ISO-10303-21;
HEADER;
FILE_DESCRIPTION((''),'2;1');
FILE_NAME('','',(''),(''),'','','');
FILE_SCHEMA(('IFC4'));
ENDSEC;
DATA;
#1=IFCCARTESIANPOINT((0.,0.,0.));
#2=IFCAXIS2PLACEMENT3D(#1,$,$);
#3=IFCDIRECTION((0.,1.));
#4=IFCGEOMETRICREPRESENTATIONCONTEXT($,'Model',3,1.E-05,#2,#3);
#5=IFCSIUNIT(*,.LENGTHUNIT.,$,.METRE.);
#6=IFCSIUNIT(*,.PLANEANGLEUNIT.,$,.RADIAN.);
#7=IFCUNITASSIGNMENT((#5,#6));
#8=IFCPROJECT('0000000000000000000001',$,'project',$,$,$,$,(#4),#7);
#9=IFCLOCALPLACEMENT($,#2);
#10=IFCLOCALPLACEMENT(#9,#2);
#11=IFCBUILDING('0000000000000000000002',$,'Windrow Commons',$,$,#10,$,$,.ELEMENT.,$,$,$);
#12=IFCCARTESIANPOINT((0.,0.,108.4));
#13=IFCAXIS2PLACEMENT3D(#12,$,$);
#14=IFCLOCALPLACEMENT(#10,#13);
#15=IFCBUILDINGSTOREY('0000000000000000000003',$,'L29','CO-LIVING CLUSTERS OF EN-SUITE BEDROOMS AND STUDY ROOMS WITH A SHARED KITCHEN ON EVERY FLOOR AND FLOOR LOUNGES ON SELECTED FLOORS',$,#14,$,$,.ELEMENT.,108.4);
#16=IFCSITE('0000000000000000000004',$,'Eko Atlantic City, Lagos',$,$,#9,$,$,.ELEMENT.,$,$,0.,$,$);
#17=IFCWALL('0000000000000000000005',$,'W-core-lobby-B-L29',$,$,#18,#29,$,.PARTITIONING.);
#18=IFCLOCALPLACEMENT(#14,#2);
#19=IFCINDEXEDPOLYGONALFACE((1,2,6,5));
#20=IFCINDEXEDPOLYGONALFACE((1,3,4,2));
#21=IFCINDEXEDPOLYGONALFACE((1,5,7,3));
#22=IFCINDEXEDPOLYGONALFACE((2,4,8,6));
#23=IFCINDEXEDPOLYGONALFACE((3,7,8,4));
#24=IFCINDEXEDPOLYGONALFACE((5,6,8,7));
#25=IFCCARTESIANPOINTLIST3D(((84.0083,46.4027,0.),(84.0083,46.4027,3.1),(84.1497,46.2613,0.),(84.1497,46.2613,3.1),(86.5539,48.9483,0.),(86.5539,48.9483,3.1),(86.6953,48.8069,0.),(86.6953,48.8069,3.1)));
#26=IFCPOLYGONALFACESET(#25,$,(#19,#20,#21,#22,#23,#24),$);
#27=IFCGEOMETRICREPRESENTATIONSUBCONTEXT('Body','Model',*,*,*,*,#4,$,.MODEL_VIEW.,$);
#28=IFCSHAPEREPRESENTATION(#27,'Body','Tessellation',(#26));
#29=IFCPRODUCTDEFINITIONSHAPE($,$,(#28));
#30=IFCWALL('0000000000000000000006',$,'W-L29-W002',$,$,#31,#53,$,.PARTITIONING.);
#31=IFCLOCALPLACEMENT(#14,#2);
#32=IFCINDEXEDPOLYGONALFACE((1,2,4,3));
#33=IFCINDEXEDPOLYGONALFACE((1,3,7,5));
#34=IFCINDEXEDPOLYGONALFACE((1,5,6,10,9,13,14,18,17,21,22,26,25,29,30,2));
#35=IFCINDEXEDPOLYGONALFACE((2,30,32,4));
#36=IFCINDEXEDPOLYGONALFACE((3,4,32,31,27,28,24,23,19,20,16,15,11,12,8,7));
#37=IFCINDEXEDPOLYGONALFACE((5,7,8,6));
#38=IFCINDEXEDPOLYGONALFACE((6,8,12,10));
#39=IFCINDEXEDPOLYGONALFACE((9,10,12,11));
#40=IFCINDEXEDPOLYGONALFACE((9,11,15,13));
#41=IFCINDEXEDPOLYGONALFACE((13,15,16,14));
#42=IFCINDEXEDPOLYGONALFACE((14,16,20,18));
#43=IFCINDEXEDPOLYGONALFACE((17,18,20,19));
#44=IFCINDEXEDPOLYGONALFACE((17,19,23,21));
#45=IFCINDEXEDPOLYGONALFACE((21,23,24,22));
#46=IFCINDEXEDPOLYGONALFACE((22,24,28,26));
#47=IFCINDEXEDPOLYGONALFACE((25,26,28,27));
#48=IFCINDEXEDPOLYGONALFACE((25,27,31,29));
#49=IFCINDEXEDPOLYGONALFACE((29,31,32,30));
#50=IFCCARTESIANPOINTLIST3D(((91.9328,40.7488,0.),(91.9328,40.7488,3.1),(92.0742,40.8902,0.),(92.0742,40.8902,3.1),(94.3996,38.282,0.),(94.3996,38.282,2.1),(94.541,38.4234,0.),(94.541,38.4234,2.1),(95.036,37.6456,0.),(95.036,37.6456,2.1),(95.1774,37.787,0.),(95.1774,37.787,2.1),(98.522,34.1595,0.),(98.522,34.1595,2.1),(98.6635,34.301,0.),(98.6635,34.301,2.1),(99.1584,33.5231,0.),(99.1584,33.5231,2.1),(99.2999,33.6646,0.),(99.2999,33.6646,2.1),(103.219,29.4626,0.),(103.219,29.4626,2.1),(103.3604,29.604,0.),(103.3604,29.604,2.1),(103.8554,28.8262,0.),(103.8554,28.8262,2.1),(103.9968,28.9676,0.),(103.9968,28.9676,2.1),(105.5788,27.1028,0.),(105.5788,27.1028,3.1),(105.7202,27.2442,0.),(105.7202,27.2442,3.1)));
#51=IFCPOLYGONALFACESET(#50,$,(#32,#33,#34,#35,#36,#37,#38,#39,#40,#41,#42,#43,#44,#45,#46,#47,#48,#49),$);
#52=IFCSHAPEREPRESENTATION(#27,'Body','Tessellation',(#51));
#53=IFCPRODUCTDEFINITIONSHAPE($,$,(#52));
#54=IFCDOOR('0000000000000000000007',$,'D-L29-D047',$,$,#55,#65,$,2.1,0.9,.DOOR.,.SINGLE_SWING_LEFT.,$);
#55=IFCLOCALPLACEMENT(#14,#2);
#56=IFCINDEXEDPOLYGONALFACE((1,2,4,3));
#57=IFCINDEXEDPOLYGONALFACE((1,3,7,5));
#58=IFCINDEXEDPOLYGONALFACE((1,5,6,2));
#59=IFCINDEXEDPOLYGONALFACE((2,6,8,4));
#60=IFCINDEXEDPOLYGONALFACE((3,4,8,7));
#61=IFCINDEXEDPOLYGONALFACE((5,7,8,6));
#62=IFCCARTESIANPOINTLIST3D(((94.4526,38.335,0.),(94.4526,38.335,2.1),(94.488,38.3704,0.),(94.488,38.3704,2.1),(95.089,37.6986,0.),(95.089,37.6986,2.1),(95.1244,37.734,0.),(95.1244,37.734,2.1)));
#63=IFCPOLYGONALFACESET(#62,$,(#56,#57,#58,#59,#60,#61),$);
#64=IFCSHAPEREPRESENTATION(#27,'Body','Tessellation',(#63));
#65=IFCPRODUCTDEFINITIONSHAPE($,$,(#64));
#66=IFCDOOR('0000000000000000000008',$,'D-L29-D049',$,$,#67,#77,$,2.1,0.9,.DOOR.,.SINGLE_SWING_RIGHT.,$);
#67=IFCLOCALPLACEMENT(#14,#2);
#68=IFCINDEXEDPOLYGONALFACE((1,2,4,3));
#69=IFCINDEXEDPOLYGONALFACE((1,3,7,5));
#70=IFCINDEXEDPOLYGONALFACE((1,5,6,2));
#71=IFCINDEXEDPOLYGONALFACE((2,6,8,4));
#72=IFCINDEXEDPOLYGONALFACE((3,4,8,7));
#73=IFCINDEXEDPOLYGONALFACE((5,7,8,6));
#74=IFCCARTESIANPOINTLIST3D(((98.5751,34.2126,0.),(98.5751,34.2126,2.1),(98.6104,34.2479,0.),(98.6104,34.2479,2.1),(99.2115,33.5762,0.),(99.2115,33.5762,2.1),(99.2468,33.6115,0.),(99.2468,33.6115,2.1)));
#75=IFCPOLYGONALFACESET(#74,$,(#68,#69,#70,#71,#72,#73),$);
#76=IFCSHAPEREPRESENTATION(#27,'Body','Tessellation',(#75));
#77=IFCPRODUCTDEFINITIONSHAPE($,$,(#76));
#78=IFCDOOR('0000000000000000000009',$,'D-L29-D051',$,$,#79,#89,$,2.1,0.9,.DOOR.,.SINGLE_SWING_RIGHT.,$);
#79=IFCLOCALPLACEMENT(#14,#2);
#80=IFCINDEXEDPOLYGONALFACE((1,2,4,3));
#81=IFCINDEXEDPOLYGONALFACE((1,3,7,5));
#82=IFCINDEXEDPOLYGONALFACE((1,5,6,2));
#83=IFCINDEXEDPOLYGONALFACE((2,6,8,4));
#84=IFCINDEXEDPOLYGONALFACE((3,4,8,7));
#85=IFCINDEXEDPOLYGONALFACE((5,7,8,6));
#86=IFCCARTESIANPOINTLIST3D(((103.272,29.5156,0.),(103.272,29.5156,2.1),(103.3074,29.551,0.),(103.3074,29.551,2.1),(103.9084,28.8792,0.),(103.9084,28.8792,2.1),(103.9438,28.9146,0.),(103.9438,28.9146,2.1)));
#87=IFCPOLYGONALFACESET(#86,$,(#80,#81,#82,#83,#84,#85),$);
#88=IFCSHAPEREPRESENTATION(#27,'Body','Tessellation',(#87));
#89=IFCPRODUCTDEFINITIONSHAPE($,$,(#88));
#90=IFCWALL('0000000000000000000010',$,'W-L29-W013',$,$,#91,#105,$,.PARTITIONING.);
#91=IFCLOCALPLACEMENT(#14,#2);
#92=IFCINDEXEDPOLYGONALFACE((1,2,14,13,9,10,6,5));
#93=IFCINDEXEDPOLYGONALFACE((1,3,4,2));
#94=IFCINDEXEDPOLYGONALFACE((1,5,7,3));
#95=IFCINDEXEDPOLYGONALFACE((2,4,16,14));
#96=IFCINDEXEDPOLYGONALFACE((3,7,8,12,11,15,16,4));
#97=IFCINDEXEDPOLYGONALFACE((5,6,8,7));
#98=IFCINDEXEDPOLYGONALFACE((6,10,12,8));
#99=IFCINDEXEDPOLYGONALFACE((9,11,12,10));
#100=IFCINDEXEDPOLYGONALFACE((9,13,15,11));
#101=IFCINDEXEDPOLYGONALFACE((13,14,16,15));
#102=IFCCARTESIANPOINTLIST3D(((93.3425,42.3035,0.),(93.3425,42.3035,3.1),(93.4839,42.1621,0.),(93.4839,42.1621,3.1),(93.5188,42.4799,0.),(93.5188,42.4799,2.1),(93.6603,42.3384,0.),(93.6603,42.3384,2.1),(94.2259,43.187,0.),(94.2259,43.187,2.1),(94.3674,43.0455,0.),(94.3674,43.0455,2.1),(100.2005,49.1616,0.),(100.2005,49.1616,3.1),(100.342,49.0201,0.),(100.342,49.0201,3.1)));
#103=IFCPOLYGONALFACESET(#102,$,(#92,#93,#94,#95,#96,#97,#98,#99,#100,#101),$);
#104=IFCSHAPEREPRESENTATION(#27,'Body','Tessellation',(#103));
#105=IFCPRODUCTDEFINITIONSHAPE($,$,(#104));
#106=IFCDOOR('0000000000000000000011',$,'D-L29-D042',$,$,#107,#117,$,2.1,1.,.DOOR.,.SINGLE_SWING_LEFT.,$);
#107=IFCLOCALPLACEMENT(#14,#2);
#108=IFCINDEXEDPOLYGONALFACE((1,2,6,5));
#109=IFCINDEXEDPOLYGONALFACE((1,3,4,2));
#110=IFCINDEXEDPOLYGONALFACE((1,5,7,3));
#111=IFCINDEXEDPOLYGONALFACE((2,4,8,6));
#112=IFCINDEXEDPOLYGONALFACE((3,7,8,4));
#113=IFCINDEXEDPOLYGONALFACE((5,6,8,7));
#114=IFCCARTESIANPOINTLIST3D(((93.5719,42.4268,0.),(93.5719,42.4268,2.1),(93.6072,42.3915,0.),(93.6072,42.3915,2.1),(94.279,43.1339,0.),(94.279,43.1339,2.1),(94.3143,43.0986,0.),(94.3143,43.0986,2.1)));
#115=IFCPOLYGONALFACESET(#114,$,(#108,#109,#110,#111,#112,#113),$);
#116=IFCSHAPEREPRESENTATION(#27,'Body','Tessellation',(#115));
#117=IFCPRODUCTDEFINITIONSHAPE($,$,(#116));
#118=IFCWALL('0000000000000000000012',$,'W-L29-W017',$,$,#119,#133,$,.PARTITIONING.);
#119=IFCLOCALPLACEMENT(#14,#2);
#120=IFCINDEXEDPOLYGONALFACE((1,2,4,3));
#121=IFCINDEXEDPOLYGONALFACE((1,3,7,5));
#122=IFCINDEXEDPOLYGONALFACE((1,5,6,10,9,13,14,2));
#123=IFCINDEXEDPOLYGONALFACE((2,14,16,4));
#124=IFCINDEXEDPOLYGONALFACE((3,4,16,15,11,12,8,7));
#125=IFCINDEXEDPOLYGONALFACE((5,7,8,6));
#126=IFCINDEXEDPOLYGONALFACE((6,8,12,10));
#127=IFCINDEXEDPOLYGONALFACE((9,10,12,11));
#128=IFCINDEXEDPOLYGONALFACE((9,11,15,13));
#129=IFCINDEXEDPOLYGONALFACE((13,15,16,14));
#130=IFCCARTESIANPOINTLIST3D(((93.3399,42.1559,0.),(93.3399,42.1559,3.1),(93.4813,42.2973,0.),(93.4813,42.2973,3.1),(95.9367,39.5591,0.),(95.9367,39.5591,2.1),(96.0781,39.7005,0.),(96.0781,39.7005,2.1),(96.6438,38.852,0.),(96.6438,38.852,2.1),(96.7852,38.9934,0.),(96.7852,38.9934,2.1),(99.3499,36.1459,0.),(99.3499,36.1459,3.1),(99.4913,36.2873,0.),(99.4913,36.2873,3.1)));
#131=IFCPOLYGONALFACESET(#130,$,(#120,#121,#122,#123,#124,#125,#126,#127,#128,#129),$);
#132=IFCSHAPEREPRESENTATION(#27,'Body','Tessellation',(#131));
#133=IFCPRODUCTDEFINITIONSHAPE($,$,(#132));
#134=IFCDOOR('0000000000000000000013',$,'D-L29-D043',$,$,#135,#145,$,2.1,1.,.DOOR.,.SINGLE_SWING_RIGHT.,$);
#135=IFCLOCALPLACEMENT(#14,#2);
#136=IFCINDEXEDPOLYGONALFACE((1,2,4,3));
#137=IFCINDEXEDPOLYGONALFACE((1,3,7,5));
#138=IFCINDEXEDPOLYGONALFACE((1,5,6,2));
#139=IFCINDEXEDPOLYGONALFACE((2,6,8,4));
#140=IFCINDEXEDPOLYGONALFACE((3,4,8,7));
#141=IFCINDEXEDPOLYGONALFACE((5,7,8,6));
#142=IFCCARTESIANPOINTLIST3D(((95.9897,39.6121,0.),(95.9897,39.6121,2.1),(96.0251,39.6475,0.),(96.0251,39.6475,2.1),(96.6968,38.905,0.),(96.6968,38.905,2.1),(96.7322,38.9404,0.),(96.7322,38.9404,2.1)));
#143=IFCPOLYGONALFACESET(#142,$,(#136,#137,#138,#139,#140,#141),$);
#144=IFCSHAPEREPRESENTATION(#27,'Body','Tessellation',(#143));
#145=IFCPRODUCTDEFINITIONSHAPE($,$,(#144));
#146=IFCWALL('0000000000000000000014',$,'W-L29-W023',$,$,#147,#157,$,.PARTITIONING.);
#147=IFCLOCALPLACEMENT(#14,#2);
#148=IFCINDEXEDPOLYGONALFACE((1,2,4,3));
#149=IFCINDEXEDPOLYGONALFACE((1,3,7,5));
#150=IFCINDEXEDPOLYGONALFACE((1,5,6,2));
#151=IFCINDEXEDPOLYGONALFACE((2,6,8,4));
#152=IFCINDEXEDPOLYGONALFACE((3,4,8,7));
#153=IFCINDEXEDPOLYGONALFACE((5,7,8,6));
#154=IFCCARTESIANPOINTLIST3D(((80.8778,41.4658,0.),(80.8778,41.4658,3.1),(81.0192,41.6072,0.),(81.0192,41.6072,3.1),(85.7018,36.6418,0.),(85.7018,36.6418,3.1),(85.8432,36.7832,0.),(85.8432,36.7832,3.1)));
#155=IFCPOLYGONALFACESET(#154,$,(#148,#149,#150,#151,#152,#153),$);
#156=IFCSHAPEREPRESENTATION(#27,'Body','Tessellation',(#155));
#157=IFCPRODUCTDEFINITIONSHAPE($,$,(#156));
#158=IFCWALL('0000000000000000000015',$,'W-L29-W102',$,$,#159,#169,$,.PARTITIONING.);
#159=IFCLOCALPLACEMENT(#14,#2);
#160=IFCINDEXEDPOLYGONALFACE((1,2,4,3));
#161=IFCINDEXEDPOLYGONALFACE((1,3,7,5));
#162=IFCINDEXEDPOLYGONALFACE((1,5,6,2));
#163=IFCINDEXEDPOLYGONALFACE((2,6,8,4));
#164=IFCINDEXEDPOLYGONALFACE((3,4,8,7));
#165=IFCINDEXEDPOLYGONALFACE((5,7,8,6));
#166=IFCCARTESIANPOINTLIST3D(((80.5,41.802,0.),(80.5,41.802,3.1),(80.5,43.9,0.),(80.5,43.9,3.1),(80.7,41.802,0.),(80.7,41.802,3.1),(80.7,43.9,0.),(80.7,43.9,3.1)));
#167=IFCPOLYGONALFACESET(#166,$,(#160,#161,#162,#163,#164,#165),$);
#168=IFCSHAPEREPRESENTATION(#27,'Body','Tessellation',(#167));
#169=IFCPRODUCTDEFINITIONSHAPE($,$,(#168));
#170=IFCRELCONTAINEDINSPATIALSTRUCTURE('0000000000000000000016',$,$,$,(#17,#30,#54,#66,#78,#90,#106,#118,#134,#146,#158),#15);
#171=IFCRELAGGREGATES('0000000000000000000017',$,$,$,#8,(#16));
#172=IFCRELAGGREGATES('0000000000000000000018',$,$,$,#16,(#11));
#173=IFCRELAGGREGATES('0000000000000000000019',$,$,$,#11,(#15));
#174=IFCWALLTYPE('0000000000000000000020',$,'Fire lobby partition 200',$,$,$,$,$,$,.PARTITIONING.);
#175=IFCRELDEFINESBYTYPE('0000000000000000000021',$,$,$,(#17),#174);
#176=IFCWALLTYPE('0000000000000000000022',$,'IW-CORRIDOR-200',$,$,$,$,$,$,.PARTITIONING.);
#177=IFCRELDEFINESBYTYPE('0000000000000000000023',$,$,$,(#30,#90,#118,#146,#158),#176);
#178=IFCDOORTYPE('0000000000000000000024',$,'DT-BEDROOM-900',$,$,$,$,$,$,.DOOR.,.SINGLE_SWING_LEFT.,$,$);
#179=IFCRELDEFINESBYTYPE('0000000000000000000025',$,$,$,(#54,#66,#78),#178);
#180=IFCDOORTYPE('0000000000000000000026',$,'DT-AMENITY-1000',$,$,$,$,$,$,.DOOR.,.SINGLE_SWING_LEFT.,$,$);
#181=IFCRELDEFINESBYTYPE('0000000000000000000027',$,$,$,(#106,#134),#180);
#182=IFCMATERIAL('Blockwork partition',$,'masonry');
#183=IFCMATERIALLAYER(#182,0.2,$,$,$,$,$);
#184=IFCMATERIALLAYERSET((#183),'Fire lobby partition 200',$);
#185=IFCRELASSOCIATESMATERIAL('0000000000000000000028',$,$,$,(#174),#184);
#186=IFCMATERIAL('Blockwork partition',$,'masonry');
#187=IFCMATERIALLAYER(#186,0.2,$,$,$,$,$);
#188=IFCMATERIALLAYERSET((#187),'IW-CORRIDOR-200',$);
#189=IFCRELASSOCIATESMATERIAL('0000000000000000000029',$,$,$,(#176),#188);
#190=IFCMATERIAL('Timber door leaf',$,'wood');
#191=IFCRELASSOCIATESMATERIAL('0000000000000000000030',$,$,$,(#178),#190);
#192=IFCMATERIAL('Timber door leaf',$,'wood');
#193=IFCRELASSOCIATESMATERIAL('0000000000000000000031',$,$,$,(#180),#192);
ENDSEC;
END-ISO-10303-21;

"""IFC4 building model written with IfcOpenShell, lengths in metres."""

from ifc_helpers import new_model, si_unit, direction, frame, frame_2d, origin, place, context, subcontext, project, spatial, rectangle, extrude, material, layer, layer_set, type_object, element, fill, save


model = new_model("IFC4")

# Units and contexts
model_context = context("Model", 3, precision=1e-05, world=origin(), true_north=direction((0.0, 1.0)))
body_context = subcontext(model_context, "Body", "Model", "MODEL_VIEW")
ifc_project = project(units=[si_unit("LENGTHUNIT", "METRE"), si_unit("PLANEANGLEUNIT", "RADIAN")], contexts=[model_context])

# Site, building, storey
site_placement = place(None, origin())
site = spatial("IfcSite", under=ifc_project, at=site_placement, Name="Eko Atlantic City, Lagos", CompositionType="ELEMENT", RefElevation=0.0)
building_placement = place(site_placement, origin())
building = spatial("IfcBuilding", under=site, at=building_placement, Name="Windrow Commons", CompositionType="ELEMENT")
storey_placement = place(building_placement, frame((0.0, 0.0, 108.4)))
storey = spatial("IfcBuildingStorey", under=building, at=storey_placement, Name="L29", Description="CO-LIVING CLUSTERS OF EN-SUITE BEDROOMS AND STUDY ROOMS WITH A SHARED KITCHEN ON EVERY FLOOR AND FLOOR LOUNGES ON SELECTED FLOORS", CompositionType="ELEMENT", Elevation=108.4)

# Wall
ifc_material_1 = material(Name="Blockwork partition", Category="masonry")
ifc_layer_1 = layer(ifc_material_1, 0.2)
ifc_layer_set_1 = layer_set([ifc_layer_1], Name="Fire lobby partition 200")
wall_type_1 = type_object("IfcWallType", Name="Fire lobby partition 200", PredefinedType="PARTITIONING", material=ifc_layer_set_1)
wall_1_placement = place(storey_placement, frame((84.079, 46.332, 0.0), z_axis=(0.0, 0.0, 1.0), x_axis=(0.707107, 0.707107, 0.0)))
element("IfcWall", 1, at=wall_1_placement, inside=storey, type_object=wall_type_1, Name="W-core-lobby-B-L29", PredefinedType="PARTITIONING", context=body_context, shape_type="SweptSolid", body=[
    extrude(rectangle(XDim=3.6, YDim=0.2, at=frame_2d((1.8, 0.0))), origin(), (0.0, 0.0, 1.0), 3.1),
])

# Wall, openings, doors
ifc_material_2 = material(Name="Blockwork partition", Category="masonry")
ifc_layer_2 = layer(ifc_material_2, 0.2)
ifc_layer_set_2 = layer_set([ifc_layer_2], Name="IW-CORRIDOR-200")
wall_type_2 = type_object("IfcWallType", Name="IW-CORRIDOR-200", PredefinedType="PARTITIONING", material=ifc_layer_set_2)
wall_2_placement = place(storey_placement, frame((92.0035, 40.8195, 0.0), z_axis=(0.0, 0.0, 1.0), x_axis=(0.707107, -0.707107, 0.0)))
wall_2 = element("IfcWall", 2, at=wall_2_placement, inside=storey, type_object=wall_type_2, Name="W-L29-W002", PredefinedType="PARTITIONING", context=body_context, shape_type="SweptSolid", body=[
    extrude(rectangle(XDim=19.2984, YDim=0.2, at=frame_2d((9.6492, 0.0))), origin(), (0.0, 0.0, 1.0), 3.1),
])
opening_1_placement = place(wall_2_placement, frame((3.4886, 0.0, 0.0)))
opening_1 = element("IfcOpeningElement", 3, at=opening_1_placement, cuts=wall_2, PredefinedType="OPENING", context=body_context, shape_type="SweptSolid", body=[
    extrude(rectangle(XDim=0.9, YDim=2.1, at=frame_2d((0.45, 1.05))), frame((0.0, 0.11, 0.0), z_axis=(0.0, -1.0, 0.0), x_axis=(1.0, 0.0, 0.0)), (0.0, 0.0, 1.0), 0.22),
])
opening_2_placement = place(wall_2_placement, frame((9.3186, 0.0, 0.0)))
opening_2 = element("IfcOpeningElement", 4, at=opening_2_placement, cuts=wall_2, PredefinedType="OPENING", context=body_context, shape_type="SweptSolid", body=[
    extrude(rectangle(XDim=0.9, YDim=2.1, at=frame_2d((0.45, 1.05))), frame((0.0, 0.11, 0.0), z_axis=(0.0, -1.0, 0.0), x_axis=(1.0, 0.0, 0.0)), (0.0, 0.0, 1.0), 0.22),
])
opening_3_placement = place(wall_2_placement, frame((15.9611, 0.0, 0.0)))
opening_3 = element("IfcOpeningElement", 5, at=opening_3_placement, cuts=wall_2, PredefinedType="OPENING", context=body_context, shape_type="SweptSolid", body=[
    extrude(rectangle(XDim=0.9, YDim=2.1, at=frame_2d((0.45, 1.05))), frame((0.0, 0.11, 0.0), z_axis=(0.0, -1.0, 0.0), x_axis=(1.0, 0.0, 0.0)), (0.0, 0.0, 1.0), 0.22),
])
ifc_material_3 = material(Name="Timber door leaf", Category="wood")
door_type_1 = type_object("IfcDoorType", Name="DT-BEDROOM-900", OperationType="SINGLE_SWING_LEFT", PredefinedType="DOOR", material=ifc_material_3)
door_1_placement = place(opening_1_placement, origin())
door_1 = element("IfcDoor", 6, at=door_1_placement, inside=storey, type_object=door_type_1, Name="D-L29-D047", OperationType="SINGLE_SWING_LEFT", OverallHeight=2.1, OverallWidth=0.9, PredefinedType="DOOR", context=body_context, shape_type="SweptSolid", body=[
    extrude(rectangle(XDim=0.9, YDim=2.1, at=frame_2d((0.45, 1.05))), frame((0.0, 0.025, 0.0), z_axis=(0.0, -1.0, 0.0), x_axis=(1.0, 0.0, 0.0)), (0.0, 0.0, 1.0), 0.05),
])
fill(opening_1, door_1)
door_2_placement = place(opening_2_placement, origin())
door_2 = element("IfcDoor", 7, at=door_2_placement, inside=storey, type_object=door_type_1, Name="D-L29-D049", OperationType="SINGLE_SWING_RIGHT", OverallHeight=2.1, OverallWidth=0.9, PredefinedType="DOOR", context=body_context, shape_type="SweptSolid", body=[
    extrude(rectangle(XDim=0.9, YDim=2.1, at=frame_2d((0.45, 1.05))), frame((0.0, 0.025, 0.0), z_axis=(0.0, -1.0, 0.0), x_axis=(1.0, 0.0, 0.0)), (0.0, 0.0, 1.0), 0.05),
])
fill(opening_2, door_2)
door_3_placement = place(opening_3_placement, origin())
door_3 = element("IfcDoor", 8, at=door_3_placement, inside=storey, type_object=door_type_1, Name="D-L29-D051", OperationType="SINGLE_SWING_RIGHT", OverallHeight=2.1, OverallWidth=0.9, PredefinedType="DOOR", context=body_context, shape_type="SweptSolid", body=[
    extrude(rectangle(XDim=0.9, YDim=2.1, at=frame_2d((0.45, 1.05))), frame((0.0, 0.025, 0.0), z_axis=(0.0, -1.0, 0.0), x_axis=(1.0, 0.0, 0.0)), (0.0, 0.0, 1.0), 0.05),
])
fill(opening_3, door_3)

# Walls, openings, doors
wall_3_placement = place(storey_placement, frame((93.4132, 42.2328, 0.0), z_axis=(0.0, 0.0, 1.0), x_axis=(0.707107, 0.707107, 0.0)))
wall_3 = element("IfcWall", 9, at=wall_3_placement, inside=storey, type_object=wall_type_2, Name="W-L29-W013", PredefinedType="PARTITIONING", context=body_context, shape_type="SweptSolid", body=[
    extrude(rectangle(XDim=9.6987, YDim=0.2, at=frame_2d((4.8494, 0.0))), origin(), (0.0, 0.0, 1.0), 3.1),
])
opening_4_placement = place(wall_3_placement, frame((0.2494, 0.0, 0.0)))
opening_4 = element("IfcOpeningElement", 10, at=opening_4_placement, cuts=wall_3, PredefinedType="OPENING", context=body_context, shape_type="SweptSolid", body=[
    extrude(rectangle(XDim=1.0, YDim=2.1, at=frame_2d((0.5, 1.05))), frame((0.0, 0.11, 0.0), z_axis=(0.0, -1.0, 0.0), x_axis=(1.0, 0.0, 0.0)), (0.0, 0.0, 1.0), 0.22),
])
ifc_material_4 = material(Name="Timber door leaf", Category="wood")
door_type_2 = type_object("IfcDoorType", Name="DT-AMENITY-1000", OperationType="SINGLE_SWING_LEFT", PredefinedType="DOOR", material=ifc_material_4)
door_4_placement = place(opening_4_placement, origin())
door_4 = element("IfcDoor", 11, at=door_4_placement, inside=storey, type_object=door_type_2, Name="D-L29-D042", OperationType="SINGLE_SWING_LEFT", OverallHeight=2.1, OverallWidth=1.0, PredefinedType="DOOR", context=body_context, shape_type="SweptSolid", body=[
    extrude(rectangle(XDim=1.0, YDim=2.1, at=frame_2d((0.5, 1.05))), frame((0.0, 0.025, 0.0), z_axis=(0.0, -1.0, 0.0), x_axis=(1.0, 0.0, 0.0)), (0.0, 0.0, 1.0), 0.05),
])
fill(opening_4, door_4)
wall_4_placement = place(storey_placement, frame((93.4106, 42.2266, 0.0), z_axis=(0.0, 0.0, 1.0), x_axis=(0.707107, -0.707107, 0.0)))
wall_4 = element("IfcWall", 12, at=wall_4_placement, inside=storey, type_object=wall_type_2, Name="W-L29-W017", PredefinedType="PARTITIONING", context=body_context, shape_type="SweptSolid", body=[
    extrude(rectangle(XDim=8.4994, YDim=0.2, at=frame_2d((4.2497, 0.0))), origin(), (0.0, 0.0, 1.0), 3.1),
])
opening_5_placement = place(wall_4_placement, frame((3.6724, 0.0, 0.0)))
opening_5 = element("IfcOpeningElement", 13, at=opening_5_placement, cuts=wall_4, PredefinedType="OPENING", context=body_context, shape_type="SweptSolid", body=[
    extrude(rectangle(XDim=1.0, YDim=2.1, at=frame_2d((0.5, 1.05))), frame((0.0, 0.11, 0.0), z_axis=(0.0, -1.0, 0.0), x_axis=(1.0, 0.0, 0.0)), (0.0, 0.0, 1.0), 0.22),
])
door_5_placement = place(opening_5_placement, origin())
door_5 = element("IfcDoor", 14, at=door_5_placement, inside=storey, type_object=door_type_2, Name="D-L29-D043", OperationType="SINGLE_SWING_RIGHT", OverallHeight=2.1, OverallWidth=1.0, PredefinedType="DOOR", context=body_context, shape_type="SweptSolid", body=[
    extrude(rectangle(XDim=1.0, YDim=2.1, at=frame_2d((0.5, 1.05))), frame((0.0, 0.025, 0.0), z_axis=(0.0, -1.0, 0.0), x_axis=(1.0, 0.0, 0.0)), (0.0, 0.0, 1.0), 0.05),
])
fill(opening_5, door_5)

# Walls
wall_5_placement = place(storey_placement, frame((80.9485, 41.5365, 0.0), z_axis=(0.0, 0.0, 1.0), x_axis=(0.707107, -0.707107, 0.0)))
element("IfcWall", 15, at=wall_5_placement, inside=storey, type_object=wall_type_2, Name="W-L29-W023", PredefinedType="PARTITIONING", context=body_context, shape_type="SweptSolid", body=[
    extrude(rectangle(XDim=6.8222, YDim=0.2, at=frame_2d((3.4111, 0.0))), origin(), (0.0, 0.0, 1.0), 3.1),
])
wall_6_placement = place(storey_placement, frame((80.6, 41.802, 0.0), z_axis=(0.0, 0.0, 1.0), x_axis=(0.0, 1.0, 0.0)))
element("IfcWall", 16, at=wall_6_placement, inside=storey, type_object=wall_type_2, Name="W-L29-W102", PredefinedType="PARTITIONING", context=body_context, shape_type="SweptSolid", body=[
    extrude(rectangle(XDim=2.098, YDim=0.2, at=frame_2d((1.049, 0.0))), origin(), (0.0, 0.0, 1.0), 3.1),
])

save(model, "model.ifc")
